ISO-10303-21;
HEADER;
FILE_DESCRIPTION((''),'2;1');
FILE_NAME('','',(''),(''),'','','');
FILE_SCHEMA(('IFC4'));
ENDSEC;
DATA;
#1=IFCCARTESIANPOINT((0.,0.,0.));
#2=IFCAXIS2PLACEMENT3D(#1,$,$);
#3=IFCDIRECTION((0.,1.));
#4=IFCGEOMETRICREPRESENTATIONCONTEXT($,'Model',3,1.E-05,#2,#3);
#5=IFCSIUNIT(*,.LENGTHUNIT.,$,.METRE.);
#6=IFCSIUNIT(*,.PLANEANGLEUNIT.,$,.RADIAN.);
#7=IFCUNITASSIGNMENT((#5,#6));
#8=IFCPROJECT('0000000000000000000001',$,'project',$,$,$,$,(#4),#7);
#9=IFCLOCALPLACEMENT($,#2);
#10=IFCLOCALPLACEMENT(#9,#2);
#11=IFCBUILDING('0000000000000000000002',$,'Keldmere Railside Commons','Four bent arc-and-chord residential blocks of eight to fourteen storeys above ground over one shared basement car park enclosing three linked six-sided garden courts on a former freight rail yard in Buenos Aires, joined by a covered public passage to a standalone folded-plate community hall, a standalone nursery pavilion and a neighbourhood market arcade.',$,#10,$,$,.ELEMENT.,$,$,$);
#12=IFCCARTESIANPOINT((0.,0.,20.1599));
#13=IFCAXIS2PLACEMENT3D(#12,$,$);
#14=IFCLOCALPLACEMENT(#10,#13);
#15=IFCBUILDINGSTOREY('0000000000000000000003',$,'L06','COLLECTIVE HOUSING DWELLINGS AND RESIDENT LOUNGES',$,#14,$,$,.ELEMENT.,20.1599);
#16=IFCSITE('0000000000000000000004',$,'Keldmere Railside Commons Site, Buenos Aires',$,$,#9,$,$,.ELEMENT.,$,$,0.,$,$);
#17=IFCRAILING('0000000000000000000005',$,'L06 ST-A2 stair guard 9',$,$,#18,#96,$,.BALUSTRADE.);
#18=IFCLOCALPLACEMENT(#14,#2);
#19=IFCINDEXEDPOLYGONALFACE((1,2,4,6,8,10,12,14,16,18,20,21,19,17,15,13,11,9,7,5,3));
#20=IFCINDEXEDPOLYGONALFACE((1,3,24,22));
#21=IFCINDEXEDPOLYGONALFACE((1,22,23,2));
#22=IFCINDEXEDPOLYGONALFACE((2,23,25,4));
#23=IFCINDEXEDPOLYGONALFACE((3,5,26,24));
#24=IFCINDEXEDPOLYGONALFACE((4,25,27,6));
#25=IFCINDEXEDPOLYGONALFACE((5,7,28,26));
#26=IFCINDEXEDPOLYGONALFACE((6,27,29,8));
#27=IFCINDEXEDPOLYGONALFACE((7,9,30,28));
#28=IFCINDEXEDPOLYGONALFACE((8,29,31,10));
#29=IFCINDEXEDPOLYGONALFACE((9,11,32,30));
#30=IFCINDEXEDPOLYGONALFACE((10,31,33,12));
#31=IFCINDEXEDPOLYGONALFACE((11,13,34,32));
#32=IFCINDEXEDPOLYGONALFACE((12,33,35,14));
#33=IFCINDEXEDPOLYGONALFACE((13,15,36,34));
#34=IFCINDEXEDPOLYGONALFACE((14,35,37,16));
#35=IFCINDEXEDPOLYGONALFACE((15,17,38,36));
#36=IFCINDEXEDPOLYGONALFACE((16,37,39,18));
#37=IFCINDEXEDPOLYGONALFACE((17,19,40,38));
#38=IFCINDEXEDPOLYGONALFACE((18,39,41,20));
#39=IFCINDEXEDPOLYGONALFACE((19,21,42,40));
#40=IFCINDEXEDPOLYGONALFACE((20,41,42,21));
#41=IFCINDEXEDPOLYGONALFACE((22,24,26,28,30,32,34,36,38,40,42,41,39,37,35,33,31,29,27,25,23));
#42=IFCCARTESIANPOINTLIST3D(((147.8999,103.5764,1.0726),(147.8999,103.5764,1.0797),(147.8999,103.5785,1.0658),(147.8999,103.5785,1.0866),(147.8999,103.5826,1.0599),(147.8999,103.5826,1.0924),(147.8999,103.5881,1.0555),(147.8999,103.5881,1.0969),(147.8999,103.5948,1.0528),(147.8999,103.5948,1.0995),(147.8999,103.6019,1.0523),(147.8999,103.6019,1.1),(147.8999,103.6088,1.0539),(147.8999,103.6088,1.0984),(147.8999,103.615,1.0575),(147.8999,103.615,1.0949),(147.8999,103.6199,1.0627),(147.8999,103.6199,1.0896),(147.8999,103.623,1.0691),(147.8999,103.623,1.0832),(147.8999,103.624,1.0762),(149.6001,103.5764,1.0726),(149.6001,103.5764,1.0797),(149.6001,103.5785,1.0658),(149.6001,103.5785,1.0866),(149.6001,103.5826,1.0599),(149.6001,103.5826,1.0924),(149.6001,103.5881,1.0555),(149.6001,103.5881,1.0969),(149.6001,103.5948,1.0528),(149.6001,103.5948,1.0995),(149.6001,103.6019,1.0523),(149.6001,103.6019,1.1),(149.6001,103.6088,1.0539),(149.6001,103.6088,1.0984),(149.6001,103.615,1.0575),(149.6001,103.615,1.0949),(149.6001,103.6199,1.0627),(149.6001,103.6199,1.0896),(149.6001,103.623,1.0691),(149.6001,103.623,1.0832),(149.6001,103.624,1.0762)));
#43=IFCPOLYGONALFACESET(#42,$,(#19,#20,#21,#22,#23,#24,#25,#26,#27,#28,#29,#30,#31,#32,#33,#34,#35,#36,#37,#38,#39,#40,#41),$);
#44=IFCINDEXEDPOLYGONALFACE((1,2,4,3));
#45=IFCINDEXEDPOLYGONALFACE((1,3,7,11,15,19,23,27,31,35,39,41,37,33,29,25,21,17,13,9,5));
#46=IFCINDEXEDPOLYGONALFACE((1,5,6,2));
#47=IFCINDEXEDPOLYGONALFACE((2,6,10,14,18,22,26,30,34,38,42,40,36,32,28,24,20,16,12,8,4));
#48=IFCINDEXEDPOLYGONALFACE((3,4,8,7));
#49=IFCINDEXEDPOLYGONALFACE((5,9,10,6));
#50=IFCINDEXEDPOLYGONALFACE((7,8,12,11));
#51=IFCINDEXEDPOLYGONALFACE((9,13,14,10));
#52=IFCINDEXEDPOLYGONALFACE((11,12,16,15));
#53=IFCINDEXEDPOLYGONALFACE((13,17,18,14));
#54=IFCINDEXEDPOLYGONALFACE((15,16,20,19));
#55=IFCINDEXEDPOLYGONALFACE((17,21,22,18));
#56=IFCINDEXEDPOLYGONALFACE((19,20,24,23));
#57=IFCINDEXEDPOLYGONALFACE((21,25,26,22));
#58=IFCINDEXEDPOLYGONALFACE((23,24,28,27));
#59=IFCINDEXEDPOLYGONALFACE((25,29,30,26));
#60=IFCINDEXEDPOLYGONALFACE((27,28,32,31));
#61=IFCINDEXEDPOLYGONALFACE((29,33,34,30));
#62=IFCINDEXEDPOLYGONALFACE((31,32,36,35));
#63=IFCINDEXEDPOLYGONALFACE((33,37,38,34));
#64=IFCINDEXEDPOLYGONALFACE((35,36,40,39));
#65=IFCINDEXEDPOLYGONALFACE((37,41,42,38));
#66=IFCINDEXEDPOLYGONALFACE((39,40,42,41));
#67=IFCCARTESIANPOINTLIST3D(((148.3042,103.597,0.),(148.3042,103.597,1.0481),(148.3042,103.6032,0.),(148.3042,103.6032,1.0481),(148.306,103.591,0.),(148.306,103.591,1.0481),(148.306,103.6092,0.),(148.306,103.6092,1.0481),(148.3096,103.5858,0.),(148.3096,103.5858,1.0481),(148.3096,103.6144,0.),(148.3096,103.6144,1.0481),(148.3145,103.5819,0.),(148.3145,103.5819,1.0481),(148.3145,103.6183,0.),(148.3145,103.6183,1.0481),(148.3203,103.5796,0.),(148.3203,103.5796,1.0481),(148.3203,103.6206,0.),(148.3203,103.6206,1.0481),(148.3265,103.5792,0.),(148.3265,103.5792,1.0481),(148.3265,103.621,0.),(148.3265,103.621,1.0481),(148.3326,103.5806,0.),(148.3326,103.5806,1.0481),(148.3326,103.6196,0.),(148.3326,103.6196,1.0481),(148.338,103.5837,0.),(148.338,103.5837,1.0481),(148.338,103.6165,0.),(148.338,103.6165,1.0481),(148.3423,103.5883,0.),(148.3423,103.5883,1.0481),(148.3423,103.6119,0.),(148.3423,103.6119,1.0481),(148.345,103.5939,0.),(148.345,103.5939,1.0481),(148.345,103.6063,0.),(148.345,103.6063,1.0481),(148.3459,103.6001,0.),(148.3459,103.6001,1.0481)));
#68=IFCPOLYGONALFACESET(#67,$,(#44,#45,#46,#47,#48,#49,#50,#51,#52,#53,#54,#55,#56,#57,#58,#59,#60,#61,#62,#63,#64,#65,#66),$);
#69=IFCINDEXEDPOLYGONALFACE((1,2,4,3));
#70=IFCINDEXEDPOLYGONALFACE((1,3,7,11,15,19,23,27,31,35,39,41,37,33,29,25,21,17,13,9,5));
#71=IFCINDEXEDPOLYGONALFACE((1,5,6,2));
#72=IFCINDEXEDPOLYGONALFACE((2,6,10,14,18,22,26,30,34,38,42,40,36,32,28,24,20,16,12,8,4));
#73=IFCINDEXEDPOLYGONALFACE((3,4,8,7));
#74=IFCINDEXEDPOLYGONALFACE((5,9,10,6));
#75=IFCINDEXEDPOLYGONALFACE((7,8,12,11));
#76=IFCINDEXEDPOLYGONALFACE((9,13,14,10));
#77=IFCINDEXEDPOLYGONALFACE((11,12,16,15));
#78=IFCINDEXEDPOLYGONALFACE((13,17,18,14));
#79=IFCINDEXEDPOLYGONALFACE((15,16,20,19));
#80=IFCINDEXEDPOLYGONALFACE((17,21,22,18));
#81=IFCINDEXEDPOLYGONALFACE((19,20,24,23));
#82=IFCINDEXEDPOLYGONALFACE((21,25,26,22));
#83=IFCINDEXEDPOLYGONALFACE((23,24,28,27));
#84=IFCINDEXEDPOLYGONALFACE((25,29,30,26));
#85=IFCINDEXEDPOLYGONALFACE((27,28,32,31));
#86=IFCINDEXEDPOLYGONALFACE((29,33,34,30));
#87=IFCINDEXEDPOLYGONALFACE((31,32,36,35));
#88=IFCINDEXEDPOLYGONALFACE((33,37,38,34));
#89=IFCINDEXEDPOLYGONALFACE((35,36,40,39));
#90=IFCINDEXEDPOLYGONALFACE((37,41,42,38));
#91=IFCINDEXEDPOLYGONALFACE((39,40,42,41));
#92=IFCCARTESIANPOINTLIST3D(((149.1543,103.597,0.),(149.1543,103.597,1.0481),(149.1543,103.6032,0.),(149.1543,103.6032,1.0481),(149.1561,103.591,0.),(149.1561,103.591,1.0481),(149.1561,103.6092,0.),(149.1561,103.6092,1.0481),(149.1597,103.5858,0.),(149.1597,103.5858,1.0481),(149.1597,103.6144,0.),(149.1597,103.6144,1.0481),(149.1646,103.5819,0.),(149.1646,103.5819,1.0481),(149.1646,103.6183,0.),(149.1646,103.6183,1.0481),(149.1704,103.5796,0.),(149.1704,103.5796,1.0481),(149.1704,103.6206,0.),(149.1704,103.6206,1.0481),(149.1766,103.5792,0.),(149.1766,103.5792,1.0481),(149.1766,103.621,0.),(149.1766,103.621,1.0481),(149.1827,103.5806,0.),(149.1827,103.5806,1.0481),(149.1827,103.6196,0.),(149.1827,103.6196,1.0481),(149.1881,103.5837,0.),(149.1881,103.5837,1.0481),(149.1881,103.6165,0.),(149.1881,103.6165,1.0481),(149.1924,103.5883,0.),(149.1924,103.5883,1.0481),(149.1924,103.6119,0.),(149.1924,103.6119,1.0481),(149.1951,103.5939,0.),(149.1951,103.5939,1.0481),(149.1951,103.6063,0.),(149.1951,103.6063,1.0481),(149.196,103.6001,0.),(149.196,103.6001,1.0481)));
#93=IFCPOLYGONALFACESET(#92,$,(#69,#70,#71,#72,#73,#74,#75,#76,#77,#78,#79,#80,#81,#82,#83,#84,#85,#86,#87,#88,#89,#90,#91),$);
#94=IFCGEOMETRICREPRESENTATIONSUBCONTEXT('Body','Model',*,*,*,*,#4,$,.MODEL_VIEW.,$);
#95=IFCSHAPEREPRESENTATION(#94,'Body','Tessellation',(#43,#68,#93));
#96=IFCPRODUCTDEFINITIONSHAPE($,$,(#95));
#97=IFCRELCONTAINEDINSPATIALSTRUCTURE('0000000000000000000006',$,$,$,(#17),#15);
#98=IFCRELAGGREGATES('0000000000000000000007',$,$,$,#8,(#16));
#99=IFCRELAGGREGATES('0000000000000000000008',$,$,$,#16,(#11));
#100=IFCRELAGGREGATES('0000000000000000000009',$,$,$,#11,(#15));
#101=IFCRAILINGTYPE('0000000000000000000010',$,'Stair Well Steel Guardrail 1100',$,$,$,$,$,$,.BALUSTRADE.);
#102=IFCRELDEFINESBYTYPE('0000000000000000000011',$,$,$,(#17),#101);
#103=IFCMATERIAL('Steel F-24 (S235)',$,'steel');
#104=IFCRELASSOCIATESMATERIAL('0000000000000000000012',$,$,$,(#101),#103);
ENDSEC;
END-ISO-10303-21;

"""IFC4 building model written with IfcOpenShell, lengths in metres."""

from ifc_helpers import new_model, si_unit, direction, frame, origin, origin_2d, place, context, subcontext, project, spatial, circle, extrude, material, type_object, element, save


model = new_model("IFC4")

# Units and contexts
model_context = context("Model", 3, precision=1e-05, world=origin(), true_north=direction((0.0, 1.0)))
body_context = subcontext(model_context, "Body", "Model", "MODEL_VIEW")
ifc_project = project(units=[si_unit("LENGTHUNIT", "METRE"), si_unit("PLANEANGLEUNIT", "RADIAN")], contexts=[model_context])

# Site, building, storey
site_placement = place(None, origin())
site = spatial("IfcSite", under=ifc_project, at=site_placement, Name="Keldmere Railside Commons Site, Buenos Aires", CompositionType="ELEMENT", RefElevation=0.0)
building_placement = place(site_placement, origin())
building = spatial("IfcBuilding", under=site, at=building_placement, Name="Keldmere Railside Commons", Description="Four bent arc-and-chord residential blocks of eight to fourteen storeys above ground over one shared basement car park enclosing three linked six-sided garden courts on a former freight rail yard in Buenos Aires, joined by a covered public passage to a standalone folded-plate community hall, a standalone nursery pavilion and a neighbourhood market arcade.", CompositionType="ELEMENT")
storey_placement = place(building_placement, frame((0.0, 0.0, 20.1599)))
storey = spatial("IfcBuildingStorey", under=building, at=storey_placement, Name="L06", Description="COLLECTIVE HOUSING DWELLINGS AND RESIDENT LOUNGES", CompositionType="ELEMENT", Elevation=20.1599)

# Shared definitions
ifc_material_1 = material(Name="Steel F-24 (S235)", Category="steel")

# Railing
railing_type_1 = type_object("IfcRailingType", Name="Stair Well Steel Guardrail 1100", PredefinedType="BALUSTRADE", material=ifc_material_1)
railing_1_placement = place(storey_placement, frame((147.8999, 103.6001, 0.0)))
element("IfcRailing", 1, at=railing_1_placement, inside=storey, type_object=railing_type_1, Name="L06 ST-A2 stair guard 9", PredefinedType="BALUSTRADE", context=body_context, shape_type="SweptSolid", body=[
    extrude(circle(Radius=0.0239, at=origin_2d()), frame((0.0, 0.0, 1.0762), z_axis=(1.0, 0.0, 0.0), x_axis=(0.0, 1.0, 0.0)), (0.0, 0.0, 1.0), 1.7002),
    extrude(circle(Radius=0.021, at=origin_2d()), frame((0.425, 0.0, 0.0)), (0.0, 0.0, 1.0), 1.0481),
    extrude(circle(Radius=0.021, at=origin_2d()), frame((1.2751, 0.0, 0.0)), (0.0, 0.0, 1.0), 1.0481),
])

save(model, "model.ifc")
